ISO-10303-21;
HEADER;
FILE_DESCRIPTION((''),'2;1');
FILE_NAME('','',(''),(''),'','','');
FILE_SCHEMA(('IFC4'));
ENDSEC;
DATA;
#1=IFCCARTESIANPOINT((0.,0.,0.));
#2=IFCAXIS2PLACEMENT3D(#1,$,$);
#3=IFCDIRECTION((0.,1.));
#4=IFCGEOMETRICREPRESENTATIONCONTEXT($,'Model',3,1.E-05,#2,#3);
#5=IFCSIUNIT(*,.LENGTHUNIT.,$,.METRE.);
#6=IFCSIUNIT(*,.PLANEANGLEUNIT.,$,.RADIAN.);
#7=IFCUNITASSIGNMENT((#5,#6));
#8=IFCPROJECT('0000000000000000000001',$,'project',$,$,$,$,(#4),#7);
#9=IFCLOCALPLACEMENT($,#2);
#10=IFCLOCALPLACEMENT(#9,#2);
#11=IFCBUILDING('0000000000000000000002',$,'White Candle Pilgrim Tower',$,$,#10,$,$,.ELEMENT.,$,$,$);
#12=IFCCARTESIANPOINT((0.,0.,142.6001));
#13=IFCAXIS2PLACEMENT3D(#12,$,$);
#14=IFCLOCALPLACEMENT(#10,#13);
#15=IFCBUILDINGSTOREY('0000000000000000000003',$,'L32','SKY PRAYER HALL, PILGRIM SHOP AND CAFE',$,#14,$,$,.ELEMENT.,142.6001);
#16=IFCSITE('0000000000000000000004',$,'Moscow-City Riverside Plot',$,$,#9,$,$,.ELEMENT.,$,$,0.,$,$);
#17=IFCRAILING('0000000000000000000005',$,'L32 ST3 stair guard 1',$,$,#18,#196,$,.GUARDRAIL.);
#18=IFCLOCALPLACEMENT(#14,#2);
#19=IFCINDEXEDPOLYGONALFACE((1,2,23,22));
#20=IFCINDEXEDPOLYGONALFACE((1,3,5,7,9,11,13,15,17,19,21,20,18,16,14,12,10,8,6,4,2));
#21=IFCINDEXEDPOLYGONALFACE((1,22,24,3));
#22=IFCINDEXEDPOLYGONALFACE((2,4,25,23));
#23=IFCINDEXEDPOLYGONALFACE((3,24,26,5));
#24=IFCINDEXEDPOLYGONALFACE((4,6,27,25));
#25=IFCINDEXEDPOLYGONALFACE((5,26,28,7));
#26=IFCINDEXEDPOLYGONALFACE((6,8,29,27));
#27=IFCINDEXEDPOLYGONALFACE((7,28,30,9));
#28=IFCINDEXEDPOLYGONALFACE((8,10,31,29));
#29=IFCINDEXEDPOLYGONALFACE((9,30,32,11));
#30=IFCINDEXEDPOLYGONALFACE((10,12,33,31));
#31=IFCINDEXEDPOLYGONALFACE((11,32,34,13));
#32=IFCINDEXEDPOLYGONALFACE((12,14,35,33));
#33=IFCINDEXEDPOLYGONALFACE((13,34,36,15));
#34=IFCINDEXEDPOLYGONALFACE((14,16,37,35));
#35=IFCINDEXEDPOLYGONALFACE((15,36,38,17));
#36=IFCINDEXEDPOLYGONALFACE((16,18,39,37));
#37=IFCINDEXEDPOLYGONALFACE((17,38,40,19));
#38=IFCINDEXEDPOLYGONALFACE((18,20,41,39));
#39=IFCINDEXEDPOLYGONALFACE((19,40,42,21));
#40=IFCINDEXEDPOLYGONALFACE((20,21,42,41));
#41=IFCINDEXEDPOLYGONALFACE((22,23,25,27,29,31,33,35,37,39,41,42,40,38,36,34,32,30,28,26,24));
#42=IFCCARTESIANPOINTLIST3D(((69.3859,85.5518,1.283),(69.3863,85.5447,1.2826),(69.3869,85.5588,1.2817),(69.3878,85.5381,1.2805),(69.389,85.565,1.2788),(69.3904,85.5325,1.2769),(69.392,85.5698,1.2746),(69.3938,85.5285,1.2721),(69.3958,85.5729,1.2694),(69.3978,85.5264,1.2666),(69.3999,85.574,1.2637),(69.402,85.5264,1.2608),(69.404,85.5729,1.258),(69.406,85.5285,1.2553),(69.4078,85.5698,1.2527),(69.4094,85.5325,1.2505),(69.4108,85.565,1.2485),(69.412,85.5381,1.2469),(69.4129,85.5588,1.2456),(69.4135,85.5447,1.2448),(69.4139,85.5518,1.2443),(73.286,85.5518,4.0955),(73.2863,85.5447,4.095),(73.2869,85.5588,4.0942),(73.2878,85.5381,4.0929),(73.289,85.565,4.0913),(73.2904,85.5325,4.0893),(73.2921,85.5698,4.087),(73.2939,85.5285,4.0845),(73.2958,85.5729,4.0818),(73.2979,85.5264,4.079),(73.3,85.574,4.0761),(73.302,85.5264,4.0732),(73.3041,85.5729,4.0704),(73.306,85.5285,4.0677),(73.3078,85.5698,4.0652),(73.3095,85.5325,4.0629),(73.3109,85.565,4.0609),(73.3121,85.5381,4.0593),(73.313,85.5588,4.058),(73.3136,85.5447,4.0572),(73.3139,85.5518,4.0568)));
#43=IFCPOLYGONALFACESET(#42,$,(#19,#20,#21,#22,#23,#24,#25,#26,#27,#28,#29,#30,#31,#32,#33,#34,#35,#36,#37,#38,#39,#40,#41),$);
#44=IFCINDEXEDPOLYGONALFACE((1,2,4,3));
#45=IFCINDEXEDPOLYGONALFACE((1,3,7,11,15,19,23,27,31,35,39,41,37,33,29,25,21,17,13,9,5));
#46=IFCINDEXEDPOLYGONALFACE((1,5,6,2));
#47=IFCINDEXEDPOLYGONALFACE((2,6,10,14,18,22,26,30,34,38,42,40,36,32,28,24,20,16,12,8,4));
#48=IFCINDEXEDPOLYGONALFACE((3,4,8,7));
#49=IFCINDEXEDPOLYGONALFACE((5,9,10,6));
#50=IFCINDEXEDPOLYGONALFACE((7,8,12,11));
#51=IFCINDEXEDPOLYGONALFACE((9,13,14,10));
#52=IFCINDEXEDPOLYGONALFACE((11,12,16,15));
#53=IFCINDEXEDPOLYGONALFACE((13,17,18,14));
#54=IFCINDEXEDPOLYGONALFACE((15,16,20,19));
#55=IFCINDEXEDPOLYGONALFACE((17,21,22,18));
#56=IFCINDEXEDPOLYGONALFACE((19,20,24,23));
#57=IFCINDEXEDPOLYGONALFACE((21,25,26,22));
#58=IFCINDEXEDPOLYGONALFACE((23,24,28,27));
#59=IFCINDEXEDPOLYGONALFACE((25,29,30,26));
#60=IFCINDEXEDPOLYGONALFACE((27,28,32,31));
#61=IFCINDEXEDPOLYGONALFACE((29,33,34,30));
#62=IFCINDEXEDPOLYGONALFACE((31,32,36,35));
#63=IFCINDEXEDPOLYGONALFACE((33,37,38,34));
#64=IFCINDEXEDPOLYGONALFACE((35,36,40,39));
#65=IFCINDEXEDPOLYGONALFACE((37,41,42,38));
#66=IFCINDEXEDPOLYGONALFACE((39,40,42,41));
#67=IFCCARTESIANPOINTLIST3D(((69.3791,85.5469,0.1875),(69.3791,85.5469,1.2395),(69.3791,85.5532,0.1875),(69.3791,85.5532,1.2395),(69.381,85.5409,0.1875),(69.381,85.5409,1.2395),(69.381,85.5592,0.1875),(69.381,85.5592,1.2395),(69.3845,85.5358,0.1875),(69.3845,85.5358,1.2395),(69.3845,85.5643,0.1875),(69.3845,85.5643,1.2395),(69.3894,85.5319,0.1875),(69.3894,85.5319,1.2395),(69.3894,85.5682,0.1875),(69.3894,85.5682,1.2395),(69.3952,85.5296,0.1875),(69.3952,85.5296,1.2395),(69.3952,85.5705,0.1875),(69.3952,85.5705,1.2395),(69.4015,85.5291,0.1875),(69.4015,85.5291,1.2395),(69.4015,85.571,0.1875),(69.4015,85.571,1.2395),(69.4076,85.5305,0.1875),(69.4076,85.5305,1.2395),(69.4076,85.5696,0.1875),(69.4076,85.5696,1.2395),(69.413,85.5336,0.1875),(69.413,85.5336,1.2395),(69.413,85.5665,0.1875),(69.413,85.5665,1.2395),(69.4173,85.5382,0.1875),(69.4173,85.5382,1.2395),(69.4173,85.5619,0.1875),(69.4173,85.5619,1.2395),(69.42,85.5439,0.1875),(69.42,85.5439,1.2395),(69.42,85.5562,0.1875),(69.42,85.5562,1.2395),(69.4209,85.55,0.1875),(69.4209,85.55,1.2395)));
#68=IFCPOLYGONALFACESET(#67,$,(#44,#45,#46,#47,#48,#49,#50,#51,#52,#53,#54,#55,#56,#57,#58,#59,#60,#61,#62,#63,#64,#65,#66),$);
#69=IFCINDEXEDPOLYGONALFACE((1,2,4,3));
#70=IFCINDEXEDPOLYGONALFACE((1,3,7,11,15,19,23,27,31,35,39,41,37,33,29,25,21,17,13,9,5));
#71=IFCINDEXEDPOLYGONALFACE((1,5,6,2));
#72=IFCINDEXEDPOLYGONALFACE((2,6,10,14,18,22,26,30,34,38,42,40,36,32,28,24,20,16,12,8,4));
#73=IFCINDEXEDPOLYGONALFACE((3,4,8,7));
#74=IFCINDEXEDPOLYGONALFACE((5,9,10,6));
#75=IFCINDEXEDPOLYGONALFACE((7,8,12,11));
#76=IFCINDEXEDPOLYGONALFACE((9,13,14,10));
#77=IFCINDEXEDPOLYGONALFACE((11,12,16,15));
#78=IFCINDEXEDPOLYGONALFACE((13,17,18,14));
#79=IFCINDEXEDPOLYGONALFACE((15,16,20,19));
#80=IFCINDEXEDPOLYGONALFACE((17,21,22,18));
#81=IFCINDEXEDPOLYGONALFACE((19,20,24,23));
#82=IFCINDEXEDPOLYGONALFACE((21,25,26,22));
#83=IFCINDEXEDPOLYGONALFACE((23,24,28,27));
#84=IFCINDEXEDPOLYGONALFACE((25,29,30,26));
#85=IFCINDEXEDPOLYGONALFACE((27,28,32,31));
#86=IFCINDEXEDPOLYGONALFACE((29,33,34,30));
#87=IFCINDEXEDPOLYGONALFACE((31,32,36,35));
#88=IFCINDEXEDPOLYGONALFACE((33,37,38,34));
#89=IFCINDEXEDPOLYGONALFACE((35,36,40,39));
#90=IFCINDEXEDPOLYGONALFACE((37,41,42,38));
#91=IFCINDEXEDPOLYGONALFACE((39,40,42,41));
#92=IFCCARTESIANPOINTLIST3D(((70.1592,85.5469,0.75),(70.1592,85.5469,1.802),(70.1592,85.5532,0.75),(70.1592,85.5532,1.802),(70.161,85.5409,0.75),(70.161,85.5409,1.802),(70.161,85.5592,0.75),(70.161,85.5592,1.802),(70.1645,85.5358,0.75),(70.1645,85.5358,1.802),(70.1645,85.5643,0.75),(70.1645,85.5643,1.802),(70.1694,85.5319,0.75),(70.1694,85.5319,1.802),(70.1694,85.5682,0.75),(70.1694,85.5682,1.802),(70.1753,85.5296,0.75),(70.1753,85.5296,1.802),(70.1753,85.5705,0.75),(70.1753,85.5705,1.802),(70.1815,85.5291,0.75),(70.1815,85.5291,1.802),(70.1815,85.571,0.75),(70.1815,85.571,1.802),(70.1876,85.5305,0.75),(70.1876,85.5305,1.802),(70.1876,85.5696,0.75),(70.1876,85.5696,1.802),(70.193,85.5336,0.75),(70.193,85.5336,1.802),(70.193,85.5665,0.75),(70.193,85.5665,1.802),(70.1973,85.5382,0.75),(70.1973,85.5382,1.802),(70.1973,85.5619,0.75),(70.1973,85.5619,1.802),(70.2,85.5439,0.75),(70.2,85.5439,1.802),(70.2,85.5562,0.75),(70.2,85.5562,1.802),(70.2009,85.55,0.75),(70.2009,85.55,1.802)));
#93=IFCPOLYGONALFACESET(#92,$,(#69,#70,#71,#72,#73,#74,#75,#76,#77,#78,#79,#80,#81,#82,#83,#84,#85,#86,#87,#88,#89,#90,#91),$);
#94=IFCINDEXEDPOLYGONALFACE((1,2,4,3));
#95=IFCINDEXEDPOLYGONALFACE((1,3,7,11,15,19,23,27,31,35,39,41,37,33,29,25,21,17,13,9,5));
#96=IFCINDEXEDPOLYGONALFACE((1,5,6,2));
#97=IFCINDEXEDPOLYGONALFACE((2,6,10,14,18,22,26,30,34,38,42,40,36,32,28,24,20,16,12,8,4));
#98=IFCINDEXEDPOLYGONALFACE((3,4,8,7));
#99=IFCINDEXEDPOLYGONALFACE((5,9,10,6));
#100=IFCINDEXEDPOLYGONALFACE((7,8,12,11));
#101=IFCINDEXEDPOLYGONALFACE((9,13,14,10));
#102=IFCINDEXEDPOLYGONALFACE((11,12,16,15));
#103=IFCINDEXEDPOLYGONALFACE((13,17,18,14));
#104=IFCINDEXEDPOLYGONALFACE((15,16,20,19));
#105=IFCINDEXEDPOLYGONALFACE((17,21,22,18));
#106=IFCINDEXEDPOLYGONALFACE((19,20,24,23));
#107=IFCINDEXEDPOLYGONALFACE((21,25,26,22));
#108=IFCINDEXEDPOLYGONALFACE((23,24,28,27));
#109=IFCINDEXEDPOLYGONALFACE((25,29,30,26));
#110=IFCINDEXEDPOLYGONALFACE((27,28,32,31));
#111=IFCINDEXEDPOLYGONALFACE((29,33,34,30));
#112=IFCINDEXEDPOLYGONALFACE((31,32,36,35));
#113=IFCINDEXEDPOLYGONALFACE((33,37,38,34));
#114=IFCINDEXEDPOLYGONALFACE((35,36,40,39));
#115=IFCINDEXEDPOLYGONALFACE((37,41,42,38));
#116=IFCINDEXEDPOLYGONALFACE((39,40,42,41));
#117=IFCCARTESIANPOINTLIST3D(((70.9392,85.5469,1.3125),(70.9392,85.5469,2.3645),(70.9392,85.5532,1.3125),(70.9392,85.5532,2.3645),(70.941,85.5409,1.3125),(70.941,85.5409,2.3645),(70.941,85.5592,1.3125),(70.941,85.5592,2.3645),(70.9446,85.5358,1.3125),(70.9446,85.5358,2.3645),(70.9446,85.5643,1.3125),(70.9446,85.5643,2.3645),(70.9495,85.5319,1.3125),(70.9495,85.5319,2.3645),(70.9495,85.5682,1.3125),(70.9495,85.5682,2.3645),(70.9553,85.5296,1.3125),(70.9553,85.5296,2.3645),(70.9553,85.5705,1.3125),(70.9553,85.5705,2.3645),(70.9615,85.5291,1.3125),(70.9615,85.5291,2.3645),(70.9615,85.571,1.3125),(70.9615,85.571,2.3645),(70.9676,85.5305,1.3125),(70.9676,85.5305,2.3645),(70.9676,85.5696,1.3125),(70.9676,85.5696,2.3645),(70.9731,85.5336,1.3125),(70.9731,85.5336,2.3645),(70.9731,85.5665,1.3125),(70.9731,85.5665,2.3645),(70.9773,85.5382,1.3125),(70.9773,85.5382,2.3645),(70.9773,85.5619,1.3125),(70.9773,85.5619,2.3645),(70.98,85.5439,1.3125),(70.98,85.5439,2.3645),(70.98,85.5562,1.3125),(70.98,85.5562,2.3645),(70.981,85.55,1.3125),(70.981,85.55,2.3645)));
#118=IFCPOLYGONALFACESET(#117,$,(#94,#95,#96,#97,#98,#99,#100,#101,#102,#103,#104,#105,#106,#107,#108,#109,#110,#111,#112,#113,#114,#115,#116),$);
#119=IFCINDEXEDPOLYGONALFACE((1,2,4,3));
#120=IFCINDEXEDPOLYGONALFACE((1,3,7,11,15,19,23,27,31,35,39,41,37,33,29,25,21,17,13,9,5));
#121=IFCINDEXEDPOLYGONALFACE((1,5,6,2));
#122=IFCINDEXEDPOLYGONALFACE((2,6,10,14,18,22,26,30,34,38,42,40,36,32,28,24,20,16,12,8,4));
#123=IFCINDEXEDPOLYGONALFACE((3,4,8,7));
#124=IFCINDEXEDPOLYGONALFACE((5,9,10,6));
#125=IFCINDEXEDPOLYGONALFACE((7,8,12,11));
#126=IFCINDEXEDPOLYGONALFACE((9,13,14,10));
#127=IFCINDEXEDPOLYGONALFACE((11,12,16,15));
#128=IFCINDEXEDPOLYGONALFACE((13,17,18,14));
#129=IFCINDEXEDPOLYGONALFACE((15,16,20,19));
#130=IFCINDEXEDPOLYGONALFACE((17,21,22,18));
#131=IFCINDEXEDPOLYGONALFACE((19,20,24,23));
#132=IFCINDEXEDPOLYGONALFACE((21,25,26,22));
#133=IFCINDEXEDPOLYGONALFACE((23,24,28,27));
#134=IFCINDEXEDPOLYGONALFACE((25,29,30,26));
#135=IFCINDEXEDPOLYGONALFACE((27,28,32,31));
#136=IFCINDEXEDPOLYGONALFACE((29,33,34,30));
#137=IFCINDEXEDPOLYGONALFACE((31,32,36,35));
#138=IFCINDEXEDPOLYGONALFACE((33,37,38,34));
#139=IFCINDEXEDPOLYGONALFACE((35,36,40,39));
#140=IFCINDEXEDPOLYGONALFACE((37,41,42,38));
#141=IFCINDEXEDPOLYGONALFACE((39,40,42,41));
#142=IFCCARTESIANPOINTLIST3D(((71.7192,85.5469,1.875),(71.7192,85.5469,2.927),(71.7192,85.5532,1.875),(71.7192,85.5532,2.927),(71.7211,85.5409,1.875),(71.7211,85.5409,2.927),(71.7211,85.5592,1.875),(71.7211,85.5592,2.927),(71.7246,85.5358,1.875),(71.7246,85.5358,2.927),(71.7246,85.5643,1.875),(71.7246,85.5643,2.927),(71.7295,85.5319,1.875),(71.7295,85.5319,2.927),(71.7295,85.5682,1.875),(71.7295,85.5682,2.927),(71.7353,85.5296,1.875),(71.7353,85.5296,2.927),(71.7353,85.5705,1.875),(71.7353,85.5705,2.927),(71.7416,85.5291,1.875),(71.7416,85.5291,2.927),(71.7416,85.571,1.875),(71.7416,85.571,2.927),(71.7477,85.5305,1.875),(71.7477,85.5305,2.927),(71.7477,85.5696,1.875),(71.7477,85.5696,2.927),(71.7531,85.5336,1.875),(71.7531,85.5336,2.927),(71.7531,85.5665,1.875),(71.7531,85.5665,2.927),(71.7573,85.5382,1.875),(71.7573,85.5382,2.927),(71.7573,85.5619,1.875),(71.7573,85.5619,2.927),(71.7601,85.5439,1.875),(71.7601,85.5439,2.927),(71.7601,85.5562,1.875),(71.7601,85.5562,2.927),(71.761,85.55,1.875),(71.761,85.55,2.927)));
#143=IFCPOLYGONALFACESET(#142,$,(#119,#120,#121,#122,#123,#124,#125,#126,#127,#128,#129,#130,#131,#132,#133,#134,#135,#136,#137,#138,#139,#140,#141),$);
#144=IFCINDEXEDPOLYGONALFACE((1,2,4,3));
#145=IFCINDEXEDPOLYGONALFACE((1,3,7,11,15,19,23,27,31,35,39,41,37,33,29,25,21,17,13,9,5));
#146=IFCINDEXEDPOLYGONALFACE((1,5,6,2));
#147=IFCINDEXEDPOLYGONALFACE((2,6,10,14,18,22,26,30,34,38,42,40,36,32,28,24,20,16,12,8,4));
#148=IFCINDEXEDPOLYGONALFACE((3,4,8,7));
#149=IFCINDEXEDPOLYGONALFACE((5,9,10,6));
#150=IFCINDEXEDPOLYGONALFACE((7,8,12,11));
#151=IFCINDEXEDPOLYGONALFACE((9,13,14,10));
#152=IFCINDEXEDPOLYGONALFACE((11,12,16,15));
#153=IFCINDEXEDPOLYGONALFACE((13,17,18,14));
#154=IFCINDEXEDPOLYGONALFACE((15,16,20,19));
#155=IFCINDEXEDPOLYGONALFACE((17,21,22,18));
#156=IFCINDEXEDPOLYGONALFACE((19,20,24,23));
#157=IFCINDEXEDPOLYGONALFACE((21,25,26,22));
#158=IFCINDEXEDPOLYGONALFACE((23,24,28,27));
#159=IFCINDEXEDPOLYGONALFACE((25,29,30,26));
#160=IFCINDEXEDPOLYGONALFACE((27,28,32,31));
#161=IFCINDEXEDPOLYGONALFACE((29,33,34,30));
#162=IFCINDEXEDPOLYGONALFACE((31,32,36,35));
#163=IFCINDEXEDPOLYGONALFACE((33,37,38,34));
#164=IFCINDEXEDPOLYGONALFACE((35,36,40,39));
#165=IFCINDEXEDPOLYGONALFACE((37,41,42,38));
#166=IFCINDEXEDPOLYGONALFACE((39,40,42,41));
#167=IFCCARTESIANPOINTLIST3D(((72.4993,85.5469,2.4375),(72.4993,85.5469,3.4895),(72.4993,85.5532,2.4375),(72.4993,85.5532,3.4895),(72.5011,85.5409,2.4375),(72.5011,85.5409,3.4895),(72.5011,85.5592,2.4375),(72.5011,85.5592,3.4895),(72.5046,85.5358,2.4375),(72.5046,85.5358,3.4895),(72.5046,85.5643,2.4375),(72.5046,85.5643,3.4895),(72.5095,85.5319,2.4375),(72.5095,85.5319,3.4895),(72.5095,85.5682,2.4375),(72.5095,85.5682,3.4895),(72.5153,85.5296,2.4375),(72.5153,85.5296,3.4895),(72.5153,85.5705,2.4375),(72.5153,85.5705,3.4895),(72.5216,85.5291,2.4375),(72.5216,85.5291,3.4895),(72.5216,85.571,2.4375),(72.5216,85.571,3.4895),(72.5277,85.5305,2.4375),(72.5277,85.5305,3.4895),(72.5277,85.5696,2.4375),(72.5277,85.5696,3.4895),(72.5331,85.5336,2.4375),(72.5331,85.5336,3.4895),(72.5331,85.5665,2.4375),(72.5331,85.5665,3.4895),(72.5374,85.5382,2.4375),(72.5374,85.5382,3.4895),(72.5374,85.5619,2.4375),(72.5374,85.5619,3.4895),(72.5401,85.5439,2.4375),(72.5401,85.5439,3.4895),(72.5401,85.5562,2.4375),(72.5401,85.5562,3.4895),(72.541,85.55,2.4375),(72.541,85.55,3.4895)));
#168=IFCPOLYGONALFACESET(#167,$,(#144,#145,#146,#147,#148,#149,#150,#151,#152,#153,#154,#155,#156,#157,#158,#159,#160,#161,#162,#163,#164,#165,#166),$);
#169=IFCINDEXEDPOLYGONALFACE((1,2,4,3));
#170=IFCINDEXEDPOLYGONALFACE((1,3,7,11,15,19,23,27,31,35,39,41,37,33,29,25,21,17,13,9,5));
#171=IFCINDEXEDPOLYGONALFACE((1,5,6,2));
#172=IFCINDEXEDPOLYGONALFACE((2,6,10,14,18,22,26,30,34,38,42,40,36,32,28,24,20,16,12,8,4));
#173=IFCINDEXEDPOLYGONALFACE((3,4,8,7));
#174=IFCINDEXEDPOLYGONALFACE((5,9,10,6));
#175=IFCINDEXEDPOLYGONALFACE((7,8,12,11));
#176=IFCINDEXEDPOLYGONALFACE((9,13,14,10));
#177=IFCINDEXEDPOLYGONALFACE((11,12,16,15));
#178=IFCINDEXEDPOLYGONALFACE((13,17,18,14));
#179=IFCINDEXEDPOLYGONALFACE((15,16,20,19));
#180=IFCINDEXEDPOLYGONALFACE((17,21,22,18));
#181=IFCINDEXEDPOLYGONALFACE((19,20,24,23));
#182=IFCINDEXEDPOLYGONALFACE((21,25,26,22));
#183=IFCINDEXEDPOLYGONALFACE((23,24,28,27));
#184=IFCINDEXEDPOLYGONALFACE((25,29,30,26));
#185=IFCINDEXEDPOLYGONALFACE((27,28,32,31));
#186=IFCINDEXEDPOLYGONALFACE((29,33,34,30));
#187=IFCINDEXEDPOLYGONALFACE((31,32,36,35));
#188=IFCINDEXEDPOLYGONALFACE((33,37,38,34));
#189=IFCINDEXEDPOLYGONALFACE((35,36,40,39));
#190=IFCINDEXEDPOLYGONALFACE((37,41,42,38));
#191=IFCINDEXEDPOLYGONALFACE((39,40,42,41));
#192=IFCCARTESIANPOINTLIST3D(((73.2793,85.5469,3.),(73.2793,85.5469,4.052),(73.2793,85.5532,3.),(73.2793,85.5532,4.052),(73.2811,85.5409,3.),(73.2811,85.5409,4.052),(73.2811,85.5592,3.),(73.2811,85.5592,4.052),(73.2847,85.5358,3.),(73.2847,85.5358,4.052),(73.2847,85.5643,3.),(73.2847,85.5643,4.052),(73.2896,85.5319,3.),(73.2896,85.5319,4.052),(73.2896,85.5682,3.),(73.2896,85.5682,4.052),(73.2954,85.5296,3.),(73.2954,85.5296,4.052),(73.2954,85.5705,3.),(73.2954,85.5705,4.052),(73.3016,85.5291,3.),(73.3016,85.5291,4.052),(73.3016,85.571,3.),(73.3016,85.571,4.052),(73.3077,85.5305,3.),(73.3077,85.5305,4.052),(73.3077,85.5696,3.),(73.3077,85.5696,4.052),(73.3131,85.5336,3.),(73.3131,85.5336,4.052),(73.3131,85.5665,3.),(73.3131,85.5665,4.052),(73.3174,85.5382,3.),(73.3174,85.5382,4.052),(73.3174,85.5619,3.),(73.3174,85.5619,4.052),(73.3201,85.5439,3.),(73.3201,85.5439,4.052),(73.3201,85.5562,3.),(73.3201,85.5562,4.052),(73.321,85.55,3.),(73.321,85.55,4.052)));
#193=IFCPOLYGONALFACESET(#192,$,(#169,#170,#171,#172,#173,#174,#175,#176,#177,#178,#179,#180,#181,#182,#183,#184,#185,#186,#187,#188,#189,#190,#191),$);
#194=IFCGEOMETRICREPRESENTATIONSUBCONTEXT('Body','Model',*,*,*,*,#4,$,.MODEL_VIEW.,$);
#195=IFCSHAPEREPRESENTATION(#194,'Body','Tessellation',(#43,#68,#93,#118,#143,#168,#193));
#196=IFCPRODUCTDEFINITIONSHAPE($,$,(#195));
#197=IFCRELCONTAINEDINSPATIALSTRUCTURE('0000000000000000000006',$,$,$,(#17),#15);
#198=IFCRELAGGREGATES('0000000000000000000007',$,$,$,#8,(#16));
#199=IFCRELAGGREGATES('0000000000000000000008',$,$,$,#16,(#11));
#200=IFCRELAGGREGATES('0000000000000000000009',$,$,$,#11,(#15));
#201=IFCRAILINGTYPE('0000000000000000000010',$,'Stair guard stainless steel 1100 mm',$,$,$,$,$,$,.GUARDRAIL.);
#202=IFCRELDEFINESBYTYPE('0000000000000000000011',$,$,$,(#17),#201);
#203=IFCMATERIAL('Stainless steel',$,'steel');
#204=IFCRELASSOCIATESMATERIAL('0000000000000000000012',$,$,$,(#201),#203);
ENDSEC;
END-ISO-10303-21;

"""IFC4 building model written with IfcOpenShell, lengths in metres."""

from ifc_helpers import new_model, si_unit, direction, frame, origin, origin_2d, place, context, subcontext, project, spatial, circle, extrude, material, type_object, element, save


model = new_model("IFC4")

# Units and contexts
model_context = context("Model", 3, precision=1e-05, world=origin(), true_north=direction((0.0, 1.0)))
body_context = subcontext(model_context, "Body", "Model", "MODEL_VIEW")
ifc_project = project(units=[si_unit("LENGTHUNIT", "METRE"), si_unit("PLANEANGLEUNIT", "RADIAN")], contexts=[model_context])

# Site, building, storey
site_placement = place(None, origin())
site = spatial("IfcSite", under=ifc_project, at=site_placement, Name="Moscow-City Riverside Plot", CompositionType="ELEMENT", RefElevation=0.0)
building_placement = place(site_placement, origin())
building = spatial("IfcBuilding", under=site, at=building_placement, Name="White Candle Pilgrim Tower", CompositionType="ELEMENT")
storey_placement = place(building_placement, frame((0.0, 0.0, 142.6001)))
storey = spatial("IfcBuildingStorey", under=building, at=storey_placement, Name="L32", Description="SKY PRAYER HALL, PILGRIM SHOP AND CAFE", CompositionType="ELEMENT", Elevation=142.6001)

# Shared definitions
ifc_material_1 = material(Name="Stainless steel", Category="steel")

# Railing
railing_type_1 = type_object("IfcRailingType", Name="Stair guard stainless steel 1100 mm", PredefinedType="GUARDRAIL", material=ifc_material_1)
railing_1_placement = place(storey_placement, frame((69.3999, 85.55, 0.1875)))
element("IfcRailing", 1, at=railing_1_placement, inside=storey, type_object=railing_type_1, Name="L32 ST3 stair guard 1", PredefinedType="GUARDRAIL", context=body_context, shape_type="SweptSolid", body=[
    extrude(circle(Radius=0.0239, at=origin_2d()), frame((0.0, 0.0, 1.0762), z_axis=(0.811101, 0.0, 0.584906), x_axis=(0.0, 1.0, 0.0)), (0.0, 0.0, 1.0), 4.8083),
    extrude(circle(Radius=0.021, at=origin_2d()), origin(), (0.0, 0.0, 1.0), 1.052),
    extrude(circle(Radius=0.021, at=origin_2d()), frame((0.78, 0.0, 0.5625)), (0.0, 0.0, 1.0), 1.052),
    extrude(circle(Radius=0.021, at=origin_2d()), frame((1.5601, 0.0, 1.125)), (0.0, 0.0, 1.0), 1.052),
    extrude(circle(Radius=0.021, at=origin_2d()), frame((2.3401, 0.0, 1.6875)), (0.0, 0.0, 1.0), 1.052),
    extrude(circle(Radius=0.021, at=origin_2d()), frame((3.1201, 0.0, 2.25)), (0.0, 0.0, 1.0), 1.052),
    extrude(circle(Radius=0.021, at=origin_2d()), frame((3.9001, 0.0, 2.8125)), (0.0, 0.0, 1.0), 1.052),
])

save(model, "model.ifc")
